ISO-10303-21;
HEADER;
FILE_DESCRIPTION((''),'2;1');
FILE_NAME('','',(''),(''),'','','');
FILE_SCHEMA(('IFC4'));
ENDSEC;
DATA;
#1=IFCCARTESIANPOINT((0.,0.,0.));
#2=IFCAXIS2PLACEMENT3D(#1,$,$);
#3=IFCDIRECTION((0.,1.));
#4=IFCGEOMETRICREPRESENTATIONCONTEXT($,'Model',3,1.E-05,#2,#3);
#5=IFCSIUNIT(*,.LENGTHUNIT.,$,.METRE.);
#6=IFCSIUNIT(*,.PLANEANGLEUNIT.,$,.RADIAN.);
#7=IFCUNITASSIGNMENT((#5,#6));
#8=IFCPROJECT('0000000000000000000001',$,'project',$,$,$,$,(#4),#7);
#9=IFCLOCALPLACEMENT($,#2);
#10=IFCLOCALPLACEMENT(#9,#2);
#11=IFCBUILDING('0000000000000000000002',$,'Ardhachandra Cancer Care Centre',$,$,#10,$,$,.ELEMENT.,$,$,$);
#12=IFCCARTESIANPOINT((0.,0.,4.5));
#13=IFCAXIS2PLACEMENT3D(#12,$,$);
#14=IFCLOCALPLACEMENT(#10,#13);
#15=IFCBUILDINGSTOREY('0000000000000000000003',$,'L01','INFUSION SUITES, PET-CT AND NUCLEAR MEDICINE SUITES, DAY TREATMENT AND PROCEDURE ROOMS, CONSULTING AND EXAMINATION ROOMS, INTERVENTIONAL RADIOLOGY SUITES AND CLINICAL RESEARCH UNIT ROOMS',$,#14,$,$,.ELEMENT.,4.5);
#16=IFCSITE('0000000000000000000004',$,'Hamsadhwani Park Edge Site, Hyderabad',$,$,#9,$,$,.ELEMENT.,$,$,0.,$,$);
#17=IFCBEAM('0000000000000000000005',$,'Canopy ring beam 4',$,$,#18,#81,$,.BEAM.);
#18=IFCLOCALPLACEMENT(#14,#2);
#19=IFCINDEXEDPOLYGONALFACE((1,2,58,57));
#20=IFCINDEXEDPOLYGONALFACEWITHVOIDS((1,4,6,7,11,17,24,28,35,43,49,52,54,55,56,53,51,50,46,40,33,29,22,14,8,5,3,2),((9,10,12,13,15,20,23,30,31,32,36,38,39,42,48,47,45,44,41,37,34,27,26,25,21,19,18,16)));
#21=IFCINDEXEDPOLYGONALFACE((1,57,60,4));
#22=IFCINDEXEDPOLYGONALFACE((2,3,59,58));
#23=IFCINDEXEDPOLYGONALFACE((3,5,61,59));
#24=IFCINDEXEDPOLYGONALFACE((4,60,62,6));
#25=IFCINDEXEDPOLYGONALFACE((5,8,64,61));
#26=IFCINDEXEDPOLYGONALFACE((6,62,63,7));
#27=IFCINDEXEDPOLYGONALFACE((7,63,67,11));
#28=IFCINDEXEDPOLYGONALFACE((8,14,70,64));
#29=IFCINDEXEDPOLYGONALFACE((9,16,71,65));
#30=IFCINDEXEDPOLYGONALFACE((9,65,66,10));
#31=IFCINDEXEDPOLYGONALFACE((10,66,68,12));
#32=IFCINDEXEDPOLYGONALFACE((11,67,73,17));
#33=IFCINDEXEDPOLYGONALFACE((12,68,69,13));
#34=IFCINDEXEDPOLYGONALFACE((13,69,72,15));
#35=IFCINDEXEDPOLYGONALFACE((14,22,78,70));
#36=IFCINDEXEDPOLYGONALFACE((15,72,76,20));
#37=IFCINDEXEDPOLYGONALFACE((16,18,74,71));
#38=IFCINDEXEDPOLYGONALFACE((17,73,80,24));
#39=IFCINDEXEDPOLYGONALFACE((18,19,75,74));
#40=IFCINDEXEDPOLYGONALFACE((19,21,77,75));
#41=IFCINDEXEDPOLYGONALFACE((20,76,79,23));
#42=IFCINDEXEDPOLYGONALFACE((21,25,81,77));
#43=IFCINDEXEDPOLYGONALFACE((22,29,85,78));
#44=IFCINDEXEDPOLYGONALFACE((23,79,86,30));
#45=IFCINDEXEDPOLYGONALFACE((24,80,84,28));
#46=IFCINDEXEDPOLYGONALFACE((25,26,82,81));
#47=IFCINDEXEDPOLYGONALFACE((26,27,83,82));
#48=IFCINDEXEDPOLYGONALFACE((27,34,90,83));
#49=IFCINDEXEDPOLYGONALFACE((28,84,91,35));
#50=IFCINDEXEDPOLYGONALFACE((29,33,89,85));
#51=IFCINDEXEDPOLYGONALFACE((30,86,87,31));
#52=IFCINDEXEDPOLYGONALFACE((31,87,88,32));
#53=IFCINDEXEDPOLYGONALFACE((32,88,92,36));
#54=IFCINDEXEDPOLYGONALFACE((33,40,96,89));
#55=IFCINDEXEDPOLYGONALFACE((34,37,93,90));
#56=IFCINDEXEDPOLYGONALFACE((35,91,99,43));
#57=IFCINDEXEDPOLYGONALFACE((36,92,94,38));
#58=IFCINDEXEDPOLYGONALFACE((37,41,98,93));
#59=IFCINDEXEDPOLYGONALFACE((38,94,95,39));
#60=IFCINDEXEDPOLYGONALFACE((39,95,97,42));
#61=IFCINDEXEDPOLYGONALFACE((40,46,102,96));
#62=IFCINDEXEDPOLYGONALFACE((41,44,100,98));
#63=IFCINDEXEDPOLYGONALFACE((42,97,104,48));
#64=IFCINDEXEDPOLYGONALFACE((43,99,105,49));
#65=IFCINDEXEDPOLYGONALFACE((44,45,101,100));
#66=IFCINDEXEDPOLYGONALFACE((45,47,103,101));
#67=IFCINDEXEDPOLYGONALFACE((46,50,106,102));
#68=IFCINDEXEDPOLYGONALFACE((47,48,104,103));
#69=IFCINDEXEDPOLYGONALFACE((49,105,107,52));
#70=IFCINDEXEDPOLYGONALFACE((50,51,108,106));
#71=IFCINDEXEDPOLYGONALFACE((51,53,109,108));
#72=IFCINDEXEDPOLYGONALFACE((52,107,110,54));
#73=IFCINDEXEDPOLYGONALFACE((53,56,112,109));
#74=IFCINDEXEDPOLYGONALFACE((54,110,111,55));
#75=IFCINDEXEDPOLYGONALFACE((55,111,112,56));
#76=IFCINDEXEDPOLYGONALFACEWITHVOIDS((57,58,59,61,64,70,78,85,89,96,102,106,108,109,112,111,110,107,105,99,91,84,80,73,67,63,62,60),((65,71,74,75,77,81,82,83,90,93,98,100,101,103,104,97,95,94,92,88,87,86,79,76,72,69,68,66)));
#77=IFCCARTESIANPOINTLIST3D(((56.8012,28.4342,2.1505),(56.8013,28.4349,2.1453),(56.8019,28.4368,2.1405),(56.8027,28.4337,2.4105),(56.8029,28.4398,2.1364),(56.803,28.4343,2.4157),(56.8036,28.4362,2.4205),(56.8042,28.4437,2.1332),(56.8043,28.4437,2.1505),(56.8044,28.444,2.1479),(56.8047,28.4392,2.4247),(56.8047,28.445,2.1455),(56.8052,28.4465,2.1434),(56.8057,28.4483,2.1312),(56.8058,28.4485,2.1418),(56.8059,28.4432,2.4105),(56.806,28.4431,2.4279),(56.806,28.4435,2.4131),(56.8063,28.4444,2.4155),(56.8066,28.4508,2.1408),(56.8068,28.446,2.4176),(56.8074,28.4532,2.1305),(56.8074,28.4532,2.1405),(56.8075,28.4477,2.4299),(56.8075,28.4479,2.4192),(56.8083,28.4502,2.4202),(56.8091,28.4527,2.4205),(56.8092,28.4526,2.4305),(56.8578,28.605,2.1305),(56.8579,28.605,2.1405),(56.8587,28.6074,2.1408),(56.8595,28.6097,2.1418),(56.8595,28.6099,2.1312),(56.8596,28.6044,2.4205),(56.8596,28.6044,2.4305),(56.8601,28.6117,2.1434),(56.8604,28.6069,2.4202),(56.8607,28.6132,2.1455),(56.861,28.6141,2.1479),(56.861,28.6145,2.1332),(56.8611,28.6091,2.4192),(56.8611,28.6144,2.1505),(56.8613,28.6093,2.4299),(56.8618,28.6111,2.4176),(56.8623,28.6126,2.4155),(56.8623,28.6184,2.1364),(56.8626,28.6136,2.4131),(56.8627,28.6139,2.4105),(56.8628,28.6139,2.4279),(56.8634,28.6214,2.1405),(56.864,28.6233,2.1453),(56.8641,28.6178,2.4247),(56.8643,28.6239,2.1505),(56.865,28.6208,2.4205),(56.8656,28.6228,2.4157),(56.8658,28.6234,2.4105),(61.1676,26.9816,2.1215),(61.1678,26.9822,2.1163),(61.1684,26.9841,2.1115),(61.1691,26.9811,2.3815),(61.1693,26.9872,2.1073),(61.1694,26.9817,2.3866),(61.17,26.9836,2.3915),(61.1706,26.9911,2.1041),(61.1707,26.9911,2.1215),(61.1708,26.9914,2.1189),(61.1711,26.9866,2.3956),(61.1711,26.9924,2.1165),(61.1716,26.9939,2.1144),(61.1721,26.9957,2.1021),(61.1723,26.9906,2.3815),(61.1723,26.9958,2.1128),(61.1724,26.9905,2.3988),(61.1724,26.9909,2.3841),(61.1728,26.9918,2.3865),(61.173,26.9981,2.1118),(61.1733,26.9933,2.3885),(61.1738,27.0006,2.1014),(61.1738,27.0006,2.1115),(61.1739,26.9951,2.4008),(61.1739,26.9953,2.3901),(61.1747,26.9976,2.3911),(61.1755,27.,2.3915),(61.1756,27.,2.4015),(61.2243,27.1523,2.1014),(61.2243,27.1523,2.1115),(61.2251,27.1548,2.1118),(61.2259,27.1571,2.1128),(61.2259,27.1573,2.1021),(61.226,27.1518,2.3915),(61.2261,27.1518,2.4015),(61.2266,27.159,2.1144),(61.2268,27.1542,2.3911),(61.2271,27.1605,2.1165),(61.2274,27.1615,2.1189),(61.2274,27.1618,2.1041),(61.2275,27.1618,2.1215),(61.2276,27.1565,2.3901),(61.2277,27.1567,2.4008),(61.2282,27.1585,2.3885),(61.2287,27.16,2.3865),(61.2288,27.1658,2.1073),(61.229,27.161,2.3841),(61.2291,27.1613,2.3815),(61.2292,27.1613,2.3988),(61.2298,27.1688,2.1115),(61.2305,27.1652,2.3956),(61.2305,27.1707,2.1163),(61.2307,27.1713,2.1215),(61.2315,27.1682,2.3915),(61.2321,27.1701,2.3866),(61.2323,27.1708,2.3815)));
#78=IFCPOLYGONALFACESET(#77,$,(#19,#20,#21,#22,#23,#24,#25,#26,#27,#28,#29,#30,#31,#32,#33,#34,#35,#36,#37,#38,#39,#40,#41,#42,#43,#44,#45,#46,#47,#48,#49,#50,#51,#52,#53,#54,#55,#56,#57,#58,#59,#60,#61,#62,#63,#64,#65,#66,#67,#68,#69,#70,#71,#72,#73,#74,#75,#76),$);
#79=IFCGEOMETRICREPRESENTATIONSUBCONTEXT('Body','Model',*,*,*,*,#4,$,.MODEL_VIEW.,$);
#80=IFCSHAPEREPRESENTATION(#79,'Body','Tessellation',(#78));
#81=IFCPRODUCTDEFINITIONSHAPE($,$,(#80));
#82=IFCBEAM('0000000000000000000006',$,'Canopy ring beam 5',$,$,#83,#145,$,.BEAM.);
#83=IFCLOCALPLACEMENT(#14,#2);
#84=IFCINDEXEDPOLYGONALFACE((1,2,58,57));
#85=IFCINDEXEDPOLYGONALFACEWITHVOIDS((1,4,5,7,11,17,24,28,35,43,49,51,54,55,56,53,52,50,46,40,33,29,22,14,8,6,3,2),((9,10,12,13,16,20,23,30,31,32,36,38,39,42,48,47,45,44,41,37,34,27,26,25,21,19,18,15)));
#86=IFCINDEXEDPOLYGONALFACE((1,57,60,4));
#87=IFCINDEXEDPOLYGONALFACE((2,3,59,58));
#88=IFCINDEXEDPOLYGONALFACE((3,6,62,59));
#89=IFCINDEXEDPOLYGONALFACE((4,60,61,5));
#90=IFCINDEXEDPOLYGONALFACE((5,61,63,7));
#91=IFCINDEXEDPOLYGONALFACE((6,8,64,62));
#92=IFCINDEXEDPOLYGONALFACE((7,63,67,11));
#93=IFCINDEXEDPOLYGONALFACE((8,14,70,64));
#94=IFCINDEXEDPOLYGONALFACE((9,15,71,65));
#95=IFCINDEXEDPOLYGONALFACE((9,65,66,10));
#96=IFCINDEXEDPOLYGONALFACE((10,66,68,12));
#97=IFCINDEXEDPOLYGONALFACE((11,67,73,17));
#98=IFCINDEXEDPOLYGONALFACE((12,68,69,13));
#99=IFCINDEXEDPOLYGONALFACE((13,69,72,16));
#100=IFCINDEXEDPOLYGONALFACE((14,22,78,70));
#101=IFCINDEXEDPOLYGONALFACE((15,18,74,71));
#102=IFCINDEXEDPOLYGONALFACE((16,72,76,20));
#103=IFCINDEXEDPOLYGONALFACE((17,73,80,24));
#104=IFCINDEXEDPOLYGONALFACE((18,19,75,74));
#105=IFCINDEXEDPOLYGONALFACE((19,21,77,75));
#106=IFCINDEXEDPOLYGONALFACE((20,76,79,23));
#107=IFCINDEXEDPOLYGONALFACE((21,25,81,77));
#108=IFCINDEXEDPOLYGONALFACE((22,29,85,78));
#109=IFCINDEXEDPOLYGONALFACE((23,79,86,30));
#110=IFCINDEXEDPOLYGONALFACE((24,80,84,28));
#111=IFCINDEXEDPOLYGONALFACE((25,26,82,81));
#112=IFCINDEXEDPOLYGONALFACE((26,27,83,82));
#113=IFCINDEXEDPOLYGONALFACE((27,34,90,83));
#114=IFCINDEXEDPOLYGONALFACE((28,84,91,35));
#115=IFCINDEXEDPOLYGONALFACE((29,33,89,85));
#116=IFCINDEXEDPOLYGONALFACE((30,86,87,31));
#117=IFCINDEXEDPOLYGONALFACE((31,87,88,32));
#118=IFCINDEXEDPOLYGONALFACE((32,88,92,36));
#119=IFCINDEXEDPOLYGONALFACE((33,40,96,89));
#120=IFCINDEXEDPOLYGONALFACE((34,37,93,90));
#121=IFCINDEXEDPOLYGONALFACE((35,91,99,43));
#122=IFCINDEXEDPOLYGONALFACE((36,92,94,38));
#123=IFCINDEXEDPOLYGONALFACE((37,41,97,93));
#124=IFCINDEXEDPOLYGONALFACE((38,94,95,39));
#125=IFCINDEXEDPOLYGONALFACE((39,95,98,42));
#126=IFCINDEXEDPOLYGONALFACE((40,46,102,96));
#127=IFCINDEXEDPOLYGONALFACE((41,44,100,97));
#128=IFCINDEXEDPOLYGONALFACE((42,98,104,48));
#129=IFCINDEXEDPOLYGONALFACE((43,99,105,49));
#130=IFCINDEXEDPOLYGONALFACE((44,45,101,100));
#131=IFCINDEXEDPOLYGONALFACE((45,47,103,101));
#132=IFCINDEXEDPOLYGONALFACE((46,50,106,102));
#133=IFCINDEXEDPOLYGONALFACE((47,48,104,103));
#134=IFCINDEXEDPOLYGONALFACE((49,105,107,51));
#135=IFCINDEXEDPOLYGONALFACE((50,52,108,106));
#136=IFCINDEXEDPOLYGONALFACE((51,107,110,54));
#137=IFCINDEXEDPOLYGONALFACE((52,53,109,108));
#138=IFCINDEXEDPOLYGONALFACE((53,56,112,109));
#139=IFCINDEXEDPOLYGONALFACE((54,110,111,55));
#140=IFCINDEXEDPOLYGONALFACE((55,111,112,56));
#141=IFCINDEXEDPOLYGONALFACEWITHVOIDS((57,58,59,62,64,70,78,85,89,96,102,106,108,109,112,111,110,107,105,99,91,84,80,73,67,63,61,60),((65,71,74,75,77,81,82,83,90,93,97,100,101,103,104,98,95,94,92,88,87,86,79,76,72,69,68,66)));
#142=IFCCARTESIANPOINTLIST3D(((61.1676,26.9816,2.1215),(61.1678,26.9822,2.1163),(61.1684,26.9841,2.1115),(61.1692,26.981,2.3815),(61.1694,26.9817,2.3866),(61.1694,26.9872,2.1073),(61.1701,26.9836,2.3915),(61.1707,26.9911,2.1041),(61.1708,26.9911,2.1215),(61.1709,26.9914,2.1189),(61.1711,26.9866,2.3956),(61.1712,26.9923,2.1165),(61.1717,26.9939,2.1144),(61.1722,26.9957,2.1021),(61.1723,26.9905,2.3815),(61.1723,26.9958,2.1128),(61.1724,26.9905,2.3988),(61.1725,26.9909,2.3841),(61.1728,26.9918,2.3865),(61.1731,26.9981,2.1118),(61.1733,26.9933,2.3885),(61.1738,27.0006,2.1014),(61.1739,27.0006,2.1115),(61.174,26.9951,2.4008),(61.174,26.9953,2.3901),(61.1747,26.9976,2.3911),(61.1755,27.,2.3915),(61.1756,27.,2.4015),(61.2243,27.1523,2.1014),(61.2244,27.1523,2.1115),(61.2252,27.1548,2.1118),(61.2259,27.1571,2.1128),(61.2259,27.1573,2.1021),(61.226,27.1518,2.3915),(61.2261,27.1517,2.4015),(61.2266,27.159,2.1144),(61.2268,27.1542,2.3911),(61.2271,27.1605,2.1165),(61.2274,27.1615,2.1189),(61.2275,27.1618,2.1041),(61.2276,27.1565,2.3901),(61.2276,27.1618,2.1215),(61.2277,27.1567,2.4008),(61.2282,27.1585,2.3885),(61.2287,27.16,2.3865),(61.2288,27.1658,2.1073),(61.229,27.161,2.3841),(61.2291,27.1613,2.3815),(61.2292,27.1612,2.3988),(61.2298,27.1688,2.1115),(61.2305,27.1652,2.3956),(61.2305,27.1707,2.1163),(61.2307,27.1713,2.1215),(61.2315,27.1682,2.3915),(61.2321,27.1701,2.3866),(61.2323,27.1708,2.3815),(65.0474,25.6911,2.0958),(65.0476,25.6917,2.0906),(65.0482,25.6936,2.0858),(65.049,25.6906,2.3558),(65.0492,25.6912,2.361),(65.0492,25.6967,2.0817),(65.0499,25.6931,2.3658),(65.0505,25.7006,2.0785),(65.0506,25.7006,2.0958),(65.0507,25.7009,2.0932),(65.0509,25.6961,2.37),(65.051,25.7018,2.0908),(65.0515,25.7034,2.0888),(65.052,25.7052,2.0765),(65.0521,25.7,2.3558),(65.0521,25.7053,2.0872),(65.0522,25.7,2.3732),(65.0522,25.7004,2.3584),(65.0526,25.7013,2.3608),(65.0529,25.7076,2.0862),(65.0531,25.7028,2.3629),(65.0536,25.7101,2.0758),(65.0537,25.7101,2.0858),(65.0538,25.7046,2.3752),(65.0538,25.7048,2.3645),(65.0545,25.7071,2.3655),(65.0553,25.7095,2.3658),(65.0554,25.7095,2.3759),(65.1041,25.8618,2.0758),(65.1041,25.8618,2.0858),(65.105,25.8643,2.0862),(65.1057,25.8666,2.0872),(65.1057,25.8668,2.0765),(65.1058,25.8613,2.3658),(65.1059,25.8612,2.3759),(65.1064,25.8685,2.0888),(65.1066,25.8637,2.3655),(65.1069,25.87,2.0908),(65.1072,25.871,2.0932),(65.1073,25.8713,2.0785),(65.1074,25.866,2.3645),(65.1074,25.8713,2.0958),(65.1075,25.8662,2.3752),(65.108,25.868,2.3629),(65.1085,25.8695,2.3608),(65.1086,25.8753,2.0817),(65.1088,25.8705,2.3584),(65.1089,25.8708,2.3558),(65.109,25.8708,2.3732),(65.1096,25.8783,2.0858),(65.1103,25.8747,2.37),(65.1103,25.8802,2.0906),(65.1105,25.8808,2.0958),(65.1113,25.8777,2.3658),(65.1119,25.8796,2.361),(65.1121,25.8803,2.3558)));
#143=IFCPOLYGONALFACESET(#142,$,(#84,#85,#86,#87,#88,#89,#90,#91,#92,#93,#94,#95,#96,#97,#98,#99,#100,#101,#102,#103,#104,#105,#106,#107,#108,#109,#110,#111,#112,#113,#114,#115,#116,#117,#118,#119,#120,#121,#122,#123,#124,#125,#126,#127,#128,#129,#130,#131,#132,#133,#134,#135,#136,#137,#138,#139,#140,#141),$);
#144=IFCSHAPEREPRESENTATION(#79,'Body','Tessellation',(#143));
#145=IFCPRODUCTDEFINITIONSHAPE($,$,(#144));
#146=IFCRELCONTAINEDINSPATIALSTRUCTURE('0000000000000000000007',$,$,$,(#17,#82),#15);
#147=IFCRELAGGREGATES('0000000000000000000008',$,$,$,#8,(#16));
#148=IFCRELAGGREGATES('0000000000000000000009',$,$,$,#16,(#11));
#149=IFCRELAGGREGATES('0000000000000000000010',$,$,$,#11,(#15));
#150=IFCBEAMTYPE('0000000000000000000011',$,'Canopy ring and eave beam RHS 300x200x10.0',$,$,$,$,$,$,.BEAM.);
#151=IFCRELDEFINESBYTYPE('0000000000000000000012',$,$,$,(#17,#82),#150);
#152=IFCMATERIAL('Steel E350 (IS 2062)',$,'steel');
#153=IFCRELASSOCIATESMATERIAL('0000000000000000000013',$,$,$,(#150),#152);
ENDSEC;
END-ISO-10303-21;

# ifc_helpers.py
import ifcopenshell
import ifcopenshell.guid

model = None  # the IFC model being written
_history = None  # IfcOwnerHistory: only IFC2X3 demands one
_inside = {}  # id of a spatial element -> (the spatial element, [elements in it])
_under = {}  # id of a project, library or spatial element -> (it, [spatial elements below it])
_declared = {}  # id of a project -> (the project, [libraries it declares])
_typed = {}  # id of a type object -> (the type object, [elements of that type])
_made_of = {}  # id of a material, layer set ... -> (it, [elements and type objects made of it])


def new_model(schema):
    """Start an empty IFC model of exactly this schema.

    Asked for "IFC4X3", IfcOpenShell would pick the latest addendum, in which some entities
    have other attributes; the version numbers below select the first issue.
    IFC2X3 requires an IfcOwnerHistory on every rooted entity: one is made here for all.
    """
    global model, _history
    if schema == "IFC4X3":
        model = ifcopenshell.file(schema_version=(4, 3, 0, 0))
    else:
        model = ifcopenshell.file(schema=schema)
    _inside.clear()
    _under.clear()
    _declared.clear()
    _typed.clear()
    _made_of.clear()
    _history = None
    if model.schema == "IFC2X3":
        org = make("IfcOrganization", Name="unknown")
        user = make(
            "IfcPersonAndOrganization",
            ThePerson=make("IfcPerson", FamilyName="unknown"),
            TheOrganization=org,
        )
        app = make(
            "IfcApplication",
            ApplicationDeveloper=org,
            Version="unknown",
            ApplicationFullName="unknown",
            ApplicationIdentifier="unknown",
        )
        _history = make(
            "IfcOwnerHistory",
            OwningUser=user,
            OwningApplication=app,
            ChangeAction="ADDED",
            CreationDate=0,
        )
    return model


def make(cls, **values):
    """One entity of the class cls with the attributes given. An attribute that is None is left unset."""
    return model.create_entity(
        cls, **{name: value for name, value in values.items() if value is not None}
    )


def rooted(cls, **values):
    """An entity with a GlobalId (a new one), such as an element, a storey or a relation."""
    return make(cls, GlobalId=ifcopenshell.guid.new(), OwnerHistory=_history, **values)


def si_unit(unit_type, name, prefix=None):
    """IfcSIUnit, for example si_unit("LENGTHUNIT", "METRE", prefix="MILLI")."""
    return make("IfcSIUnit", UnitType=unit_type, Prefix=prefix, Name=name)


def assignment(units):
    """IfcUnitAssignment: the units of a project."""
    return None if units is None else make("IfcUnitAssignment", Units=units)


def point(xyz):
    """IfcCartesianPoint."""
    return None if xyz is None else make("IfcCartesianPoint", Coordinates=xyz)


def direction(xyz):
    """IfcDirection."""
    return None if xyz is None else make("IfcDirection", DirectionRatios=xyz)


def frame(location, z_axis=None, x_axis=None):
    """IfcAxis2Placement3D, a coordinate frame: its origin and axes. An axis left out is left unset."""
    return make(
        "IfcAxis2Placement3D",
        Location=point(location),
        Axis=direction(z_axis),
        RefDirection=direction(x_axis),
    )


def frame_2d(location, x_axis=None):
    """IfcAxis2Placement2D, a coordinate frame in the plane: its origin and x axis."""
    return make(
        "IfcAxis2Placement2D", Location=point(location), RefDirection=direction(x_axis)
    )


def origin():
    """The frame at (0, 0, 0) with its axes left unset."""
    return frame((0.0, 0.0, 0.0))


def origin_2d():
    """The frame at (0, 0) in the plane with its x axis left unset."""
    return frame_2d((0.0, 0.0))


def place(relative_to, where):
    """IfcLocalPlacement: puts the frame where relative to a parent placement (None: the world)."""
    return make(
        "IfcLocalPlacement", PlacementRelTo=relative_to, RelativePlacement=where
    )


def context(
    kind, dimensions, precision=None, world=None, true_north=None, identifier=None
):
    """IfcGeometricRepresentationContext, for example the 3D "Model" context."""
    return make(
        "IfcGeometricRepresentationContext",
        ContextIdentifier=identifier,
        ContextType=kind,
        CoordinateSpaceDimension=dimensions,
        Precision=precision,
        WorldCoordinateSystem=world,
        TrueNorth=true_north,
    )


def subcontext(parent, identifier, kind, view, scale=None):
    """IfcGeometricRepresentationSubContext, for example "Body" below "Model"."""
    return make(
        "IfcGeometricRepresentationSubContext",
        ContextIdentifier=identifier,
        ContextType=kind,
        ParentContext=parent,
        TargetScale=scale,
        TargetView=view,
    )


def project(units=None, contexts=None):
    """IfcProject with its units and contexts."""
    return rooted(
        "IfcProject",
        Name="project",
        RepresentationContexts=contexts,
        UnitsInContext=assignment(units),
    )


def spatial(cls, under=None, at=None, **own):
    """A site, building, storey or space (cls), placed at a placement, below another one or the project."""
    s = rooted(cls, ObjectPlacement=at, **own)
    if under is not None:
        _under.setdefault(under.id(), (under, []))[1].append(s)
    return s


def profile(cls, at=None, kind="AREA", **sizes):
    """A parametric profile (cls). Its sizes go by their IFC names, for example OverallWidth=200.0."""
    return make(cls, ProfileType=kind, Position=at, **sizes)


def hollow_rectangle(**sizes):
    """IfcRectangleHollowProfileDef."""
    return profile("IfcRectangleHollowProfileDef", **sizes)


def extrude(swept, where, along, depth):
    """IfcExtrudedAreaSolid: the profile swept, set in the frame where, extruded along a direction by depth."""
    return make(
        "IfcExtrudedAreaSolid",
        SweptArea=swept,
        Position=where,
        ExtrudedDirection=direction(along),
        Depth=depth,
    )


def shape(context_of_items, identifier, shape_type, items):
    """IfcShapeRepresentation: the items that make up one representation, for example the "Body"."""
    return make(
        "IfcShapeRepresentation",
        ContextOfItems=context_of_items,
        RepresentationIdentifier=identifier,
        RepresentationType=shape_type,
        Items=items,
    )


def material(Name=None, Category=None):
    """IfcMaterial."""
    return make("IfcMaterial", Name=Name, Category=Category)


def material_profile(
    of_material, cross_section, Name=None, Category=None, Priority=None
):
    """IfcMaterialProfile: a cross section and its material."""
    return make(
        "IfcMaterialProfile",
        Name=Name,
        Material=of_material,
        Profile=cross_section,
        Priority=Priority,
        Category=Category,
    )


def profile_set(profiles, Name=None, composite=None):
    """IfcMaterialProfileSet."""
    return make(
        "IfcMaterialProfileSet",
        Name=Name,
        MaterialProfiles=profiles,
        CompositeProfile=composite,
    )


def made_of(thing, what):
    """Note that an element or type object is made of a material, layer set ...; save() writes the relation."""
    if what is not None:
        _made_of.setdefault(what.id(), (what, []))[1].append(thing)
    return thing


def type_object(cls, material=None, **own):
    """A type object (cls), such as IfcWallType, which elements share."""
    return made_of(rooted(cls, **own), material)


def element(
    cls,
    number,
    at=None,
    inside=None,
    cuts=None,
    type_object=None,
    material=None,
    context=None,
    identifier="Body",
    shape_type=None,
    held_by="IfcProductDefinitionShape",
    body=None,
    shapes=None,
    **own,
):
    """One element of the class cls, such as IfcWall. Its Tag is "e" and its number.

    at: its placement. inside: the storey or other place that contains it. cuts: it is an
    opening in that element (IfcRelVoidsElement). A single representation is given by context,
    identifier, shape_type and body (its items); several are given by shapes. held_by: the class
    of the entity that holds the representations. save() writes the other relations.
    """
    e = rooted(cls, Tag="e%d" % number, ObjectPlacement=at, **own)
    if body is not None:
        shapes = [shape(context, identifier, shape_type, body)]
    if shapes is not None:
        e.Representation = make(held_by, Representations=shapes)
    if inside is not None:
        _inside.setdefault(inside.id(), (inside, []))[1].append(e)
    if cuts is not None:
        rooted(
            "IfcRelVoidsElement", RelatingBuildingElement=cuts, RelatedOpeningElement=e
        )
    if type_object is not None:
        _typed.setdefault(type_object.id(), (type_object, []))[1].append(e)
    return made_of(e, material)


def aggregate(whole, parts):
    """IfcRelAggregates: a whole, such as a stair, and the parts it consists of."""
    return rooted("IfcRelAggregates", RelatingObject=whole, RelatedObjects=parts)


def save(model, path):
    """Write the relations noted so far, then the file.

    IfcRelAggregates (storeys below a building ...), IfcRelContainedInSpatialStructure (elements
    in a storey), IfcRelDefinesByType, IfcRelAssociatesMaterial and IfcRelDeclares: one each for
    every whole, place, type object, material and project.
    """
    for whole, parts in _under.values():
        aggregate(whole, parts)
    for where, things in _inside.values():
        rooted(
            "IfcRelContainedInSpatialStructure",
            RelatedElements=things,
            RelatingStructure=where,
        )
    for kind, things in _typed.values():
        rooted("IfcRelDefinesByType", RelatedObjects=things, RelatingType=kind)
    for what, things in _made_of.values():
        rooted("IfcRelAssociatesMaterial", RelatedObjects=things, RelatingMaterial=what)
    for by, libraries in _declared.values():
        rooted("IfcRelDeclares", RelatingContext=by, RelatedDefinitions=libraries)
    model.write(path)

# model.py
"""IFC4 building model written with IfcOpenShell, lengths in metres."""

from ifc_helpers import new_model, si_unit, direction, frame, origin, origin_2d, place, context, subcontext, project, spatial, hollow_rectangle, extrude, material, material_profile, profile_set, type_object, element, save


model = new_model("IFC4")

# Units and contexts
model_context = context("Model", 3, precision=1e-05, world=origin(), true_north=direction((0.0, 1.0)))
body_context = subcontext(model_context, "Body", "Model", "MODEL_VIEW")
ifc_project = project(units=[si_unit("LENGTHUNIT", "METRE"), si_unit("PLANEANGLEUNIT", "RADIAN")], contexts=[model_context])

# Site, building, storey
site_placement = place(None, origin())
site = spatial("IfcSite", under=ifc_project, at=site_placement, Name="Hamsadhwani Park Edge Site, Hyderabad", CompositionType="ELEMENT", RefElevation=0.0)
building_placement = place(site_placement, origin())
building = spatial("IfcBuilding", under=site, at=building_placement, Name="Ardhachandra Cancer Care Centre", CompositionType="ELEMENT")
storey_placement = place(building_placement, frame((0.0, 0.0, 4.5)))
storey = spatial("IfcBuildingStorey", under=building, at=storey_placement, Name="L01", Description="INFUSION SUITES, PET-CT AND NUCLEAR MEDICINE SUITES, DAY TREATMENT AND PROCEDURE ROOMS, CONSULTING AND EXAMINATION ROOMS, INTERVENTIONAL RADIOLOGY SUITES AND CLINICAL RESEARCH UNIT ROOMS", CompositionType="ELEMENT", Elevation=4.5)

# Beams
ifc_material_1 = material(Name="Steel E350 (IS 2062)", Category="steel")
ifc_material_profile_1 = material_profile(ifc_material_1, hollow_rectangle(XDim=0.2, YDim=0.3, WallThickness=0.01, InnerFilletRadius=0.01, OuterFilletRadius=0.02, at=origin_2d()), Name="RHS 300x200x10.0")
ifc_profile_set_1 = profile_set([ifc_material_profile_1], Name="Steel E350 (IS 2062)")
beam_type = type_object("IfcBeamType", Name="Canopy ring and eave beam RHS 300x200x10.0", PredefinedType="BEAM", material=ifc_profile_set_1)
beam_1_placement = place(storey_placement, frame((56.8335, 28.5288, 2.2805), z_axis=(0.94885, -0.315664, -0.006313), x_axis=(0.315671, 0.948869, 0.0)))
element("IfcBeam", 1, at=beam_1_placement, inside=storey, type_object=beam_type, Name="Canopy ring beam 4", PredefinedType="BEAM", context=body_context, shape_type="SweptSolid", body=[
    extrude(hollow_rectangle(XDim=0.2, YDim=0.3, WallThickness=0.01, InnerFilletRadius=0.01, OuterFilletRadius=0.02, at=origin_2d()), origin(), (0.0, 0.0, 1.0), 4.6018),
])
beam_2_placement = place(storey_placement, frame((61.2, 27.0762, 2.2515), z_axis=(0.948867, -0.315612, -0.006269), x_axis=(0.315619, 0.948886, 0.0)))
element("IfcBeam", 2, at=beam_2_placement, inside=storey, type_object=beam_type, Name="Canopy ring beam 5", PredefinedType="BEAM", context=body_context, shape_type="SweptSolid", body=[
    extrude(hollow_rectangle(XDim=0.2, YDim=0.3, WallThickness=0.01, InnerFilletRadius=0.01, OuterFilletRadius=0.02, at=origin_2d()), origin(), (0.0, 0.0, 1.0), 4.0889),
])

save(model, "model.ifc")
